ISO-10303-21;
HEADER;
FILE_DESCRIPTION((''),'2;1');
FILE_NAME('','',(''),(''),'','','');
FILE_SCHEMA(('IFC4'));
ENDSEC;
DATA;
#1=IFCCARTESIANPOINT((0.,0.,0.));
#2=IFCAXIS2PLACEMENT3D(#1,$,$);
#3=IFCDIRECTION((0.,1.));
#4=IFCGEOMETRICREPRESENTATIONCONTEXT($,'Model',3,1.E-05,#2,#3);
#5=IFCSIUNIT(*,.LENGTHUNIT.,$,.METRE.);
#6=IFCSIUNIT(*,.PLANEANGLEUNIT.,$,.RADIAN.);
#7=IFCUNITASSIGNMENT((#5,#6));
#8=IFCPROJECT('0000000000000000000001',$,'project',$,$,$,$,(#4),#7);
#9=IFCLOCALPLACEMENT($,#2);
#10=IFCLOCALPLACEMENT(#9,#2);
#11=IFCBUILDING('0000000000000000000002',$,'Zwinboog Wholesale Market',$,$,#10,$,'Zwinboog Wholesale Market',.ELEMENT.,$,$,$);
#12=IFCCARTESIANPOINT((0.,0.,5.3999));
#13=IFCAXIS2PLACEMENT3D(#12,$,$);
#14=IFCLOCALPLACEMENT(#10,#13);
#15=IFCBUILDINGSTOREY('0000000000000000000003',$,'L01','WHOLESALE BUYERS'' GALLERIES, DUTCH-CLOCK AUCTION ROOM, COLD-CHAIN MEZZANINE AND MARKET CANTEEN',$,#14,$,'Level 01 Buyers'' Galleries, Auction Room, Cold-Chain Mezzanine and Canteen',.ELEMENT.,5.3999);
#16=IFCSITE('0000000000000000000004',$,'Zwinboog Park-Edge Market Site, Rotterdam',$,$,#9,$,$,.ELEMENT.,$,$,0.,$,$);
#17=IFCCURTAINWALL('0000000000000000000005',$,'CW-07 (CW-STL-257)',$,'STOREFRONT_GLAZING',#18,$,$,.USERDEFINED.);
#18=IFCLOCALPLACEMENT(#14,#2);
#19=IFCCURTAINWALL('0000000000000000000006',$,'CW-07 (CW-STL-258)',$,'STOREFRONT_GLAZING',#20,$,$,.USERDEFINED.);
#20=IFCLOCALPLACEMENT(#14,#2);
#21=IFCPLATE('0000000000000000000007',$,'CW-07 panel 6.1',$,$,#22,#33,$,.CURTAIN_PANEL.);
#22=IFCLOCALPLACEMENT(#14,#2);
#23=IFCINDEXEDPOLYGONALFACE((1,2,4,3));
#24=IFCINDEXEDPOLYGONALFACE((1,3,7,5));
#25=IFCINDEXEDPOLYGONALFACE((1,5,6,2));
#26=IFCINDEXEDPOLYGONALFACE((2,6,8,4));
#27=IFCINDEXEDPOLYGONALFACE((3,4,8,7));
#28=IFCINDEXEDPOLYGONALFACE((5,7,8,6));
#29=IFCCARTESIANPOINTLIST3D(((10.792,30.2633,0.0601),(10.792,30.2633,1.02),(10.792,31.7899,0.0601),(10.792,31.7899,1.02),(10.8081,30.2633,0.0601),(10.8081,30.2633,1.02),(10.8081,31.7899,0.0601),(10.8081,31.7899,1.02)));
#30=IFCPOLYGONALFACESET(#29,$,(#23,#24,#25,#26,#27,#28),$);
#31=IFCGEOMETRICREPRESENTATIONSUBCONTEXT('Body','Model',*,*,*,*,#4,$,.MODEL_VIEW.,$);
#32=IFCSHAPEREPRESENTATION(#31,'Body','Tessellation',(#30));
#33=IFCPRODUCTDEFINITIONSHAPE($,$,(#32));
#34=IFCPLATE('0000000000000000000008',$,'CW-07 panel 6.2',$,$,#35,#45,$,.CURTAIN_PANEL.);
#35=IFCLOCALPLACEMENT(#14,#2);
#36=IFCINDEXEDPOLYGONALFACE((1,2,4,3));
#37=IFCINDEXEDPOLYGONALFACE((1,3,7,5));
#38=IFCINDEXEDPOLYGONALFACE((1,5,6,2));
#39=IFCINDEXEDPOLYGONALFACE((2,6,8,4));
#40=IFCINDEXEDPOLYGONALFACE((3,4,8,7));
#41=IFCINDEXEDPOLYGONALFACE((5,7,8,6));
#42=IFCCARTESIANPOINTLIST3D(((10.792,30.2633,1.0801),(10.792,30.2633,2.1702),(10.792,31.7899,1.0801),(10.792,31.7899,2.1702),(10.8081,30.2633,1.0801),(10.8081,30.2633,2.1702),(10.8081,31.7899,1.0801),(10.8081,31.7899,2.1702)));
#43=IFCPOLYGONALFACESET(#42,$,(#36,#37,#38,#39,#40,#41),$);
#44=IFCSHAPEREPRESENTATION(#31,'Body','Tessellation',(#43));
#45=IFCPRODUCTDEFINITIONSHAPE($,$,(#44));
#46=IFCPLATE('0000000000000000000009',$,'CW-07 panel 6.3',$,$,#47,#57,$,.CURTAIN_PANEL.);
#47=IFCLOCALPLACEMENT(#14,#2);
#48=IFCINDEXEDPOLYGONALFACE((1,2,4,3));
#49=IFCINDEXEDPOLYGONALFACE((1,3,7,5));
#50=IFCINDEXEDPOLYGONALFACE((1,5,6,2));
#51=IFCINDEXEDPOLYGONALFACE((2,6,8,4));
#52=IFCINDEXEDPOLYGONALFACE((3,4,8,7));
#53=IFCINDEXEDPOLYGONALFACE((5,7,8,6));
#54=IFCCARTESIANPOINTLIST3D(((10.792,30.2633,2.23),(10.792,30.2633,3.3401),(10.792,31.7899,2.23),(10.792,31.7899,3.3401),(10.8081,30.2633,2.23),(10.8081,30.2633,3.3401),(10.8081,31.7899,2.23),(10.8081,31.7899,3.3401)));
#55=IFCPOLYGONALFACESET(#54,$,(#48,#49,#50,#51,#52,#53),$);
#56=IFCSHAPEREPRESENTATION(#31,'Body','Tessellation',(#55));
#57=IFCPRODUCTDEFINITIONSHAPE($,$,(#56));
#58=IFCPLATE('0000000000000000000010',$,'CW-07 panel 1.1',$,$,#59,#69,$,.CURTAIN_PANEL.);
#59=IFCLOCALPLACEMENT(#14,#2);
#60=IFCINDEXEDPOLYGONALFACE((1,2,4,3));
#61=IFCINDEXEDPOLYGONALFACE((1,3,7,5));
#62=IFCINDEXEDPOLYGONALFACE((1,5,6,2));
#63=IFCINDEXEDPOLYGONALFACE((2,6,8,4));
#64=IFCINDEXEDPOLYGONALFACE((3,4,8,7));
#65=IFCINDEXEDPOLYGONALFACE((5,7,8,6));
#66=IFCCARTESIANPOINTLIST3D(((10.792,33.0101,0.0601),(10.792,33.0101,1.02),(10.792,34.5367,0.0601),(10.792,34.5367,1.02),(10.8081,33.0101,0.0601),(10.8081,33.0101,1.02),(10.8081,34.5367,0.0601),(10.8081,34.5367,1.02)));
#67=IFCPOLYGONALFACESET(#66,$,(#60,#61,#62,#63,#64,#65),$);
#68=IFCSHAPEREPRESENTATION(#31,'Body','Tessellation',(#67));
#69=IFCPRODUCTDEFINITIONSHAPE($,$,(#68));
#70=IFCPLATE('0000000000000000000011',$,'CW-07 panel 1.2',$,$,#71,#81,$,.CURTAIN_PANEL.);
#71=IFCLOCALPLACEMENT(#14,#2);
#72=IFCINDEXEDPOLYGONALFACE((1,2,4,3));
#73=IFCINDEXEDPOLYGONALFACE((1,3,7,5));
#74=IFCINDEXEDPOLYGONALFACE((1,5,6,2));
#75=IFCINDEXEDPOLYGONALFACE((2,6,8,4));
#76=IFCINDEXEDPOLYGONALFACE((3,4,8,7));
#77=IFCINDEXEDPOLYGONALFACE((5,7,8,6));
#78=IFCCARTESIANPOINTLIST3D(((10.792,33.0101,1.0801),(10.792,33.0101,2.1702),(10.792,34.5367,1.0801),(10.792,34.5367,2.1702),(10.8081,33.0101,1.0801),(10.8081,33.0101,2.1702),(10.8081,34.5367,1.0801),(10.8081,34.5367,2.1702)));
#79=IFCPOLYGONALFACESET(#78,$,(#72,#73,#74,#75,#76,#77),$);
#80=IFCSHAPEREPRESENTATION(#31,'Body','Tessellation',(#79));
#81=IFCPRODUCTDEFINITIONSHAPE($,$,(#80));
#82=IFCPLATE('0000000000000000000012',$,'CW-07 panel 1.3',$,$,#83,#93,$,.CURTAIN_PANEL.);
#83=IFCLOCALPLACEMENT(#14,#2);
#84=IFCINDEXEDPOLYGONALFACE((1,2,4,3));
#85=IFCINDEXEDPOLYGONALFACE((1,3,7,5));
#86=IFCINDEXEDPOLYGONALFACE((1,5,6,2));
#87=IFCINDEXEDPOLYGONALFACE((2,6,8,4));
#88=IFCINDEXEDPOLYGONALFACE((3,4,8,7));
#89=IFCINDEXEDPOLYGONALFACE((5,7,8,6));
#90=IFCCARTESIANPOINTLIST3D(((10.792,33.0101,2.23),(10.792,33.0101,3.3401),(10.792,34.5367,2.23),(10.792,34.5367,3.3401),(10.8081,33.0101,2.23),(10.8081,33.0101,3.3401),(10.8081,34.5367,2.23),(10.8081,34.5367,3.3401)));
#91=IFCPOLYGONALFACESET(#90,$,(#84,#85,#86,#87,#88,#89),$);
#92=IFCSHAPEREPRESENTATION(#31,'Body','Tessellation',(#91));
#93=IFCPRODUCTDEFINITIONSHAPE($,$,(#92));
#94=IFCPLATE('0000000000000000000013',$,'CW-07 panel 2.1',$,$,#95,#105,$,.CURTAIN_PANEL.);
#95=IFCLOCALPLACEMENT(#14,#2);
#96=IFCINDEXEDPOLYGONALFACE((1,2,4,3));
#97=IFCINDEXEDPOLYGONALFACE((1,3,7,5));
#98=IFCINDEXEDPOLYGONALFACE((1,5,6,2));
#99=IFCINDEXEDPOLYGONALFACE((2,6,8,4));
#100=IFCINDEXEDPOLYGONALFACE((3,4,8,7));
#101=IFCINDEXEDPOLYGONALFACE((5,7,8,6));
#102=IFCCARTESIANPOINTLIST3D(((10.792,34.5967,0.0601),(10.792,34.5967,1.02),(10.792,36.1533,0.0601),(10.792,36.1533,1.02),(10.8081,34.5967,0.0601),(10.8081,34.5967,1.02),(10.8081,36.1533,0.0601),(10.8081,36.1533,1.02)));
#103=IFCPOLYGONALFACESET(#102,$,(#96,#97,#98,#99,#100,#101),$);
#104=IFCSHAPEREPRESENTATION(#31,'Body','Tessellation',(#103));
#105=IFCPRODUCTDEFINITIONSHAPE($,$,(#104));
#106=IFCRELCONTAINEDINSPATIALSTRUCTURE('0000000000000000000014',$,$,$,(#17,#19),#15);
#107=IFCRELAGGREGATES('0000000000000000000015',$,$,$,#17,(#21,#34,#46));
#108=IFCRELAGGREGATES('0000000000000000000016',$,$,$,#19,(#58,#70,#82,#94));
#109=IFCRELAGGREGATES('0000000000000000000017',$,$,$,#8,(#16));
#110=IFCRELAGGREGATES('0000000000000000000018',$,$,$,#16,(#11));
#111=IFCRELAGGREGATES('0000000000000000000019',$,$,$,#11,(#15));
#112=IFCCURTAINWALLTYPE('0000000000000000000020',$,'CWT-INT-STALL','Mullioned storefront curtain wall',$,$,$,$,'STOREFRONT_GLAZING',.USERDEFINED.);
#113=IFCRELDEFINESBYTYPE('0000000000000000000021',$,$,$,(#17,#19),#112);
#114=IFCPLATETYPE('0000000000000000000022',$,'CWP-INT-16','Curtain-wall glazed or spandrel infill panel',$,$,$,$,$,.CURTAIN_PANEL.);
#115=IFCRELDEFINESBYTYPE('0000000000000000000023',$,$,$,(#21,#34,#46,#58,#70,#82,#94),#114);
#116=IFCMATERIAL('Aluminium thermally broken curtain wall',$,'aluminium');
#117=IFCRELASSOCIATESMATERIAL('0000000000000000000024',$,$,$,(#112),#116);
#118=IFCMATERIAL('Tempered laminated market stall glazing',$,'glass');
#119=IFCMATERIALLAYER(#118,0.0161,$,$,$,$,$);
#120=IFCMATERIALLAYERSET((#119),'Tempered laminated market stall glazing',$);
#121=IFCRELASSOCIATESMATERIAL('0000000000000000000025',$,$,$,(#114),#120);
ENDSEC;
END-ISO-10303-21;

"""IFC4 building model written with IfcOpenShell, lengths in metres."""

from ifc_helpers import new_model, si_unit, direction, frame, origin, origin_2d, place, context, subcontext, project, spatial, rectangle, extrude, material, layer, layer_set, type_object, element, aggregate, save


model = new_model("IFC4")

# Units and contexts
model_context = context("Model", 3, precision=1e-05, world=origin(), true_north=direction((0.0, 1.0)))
body_context = subcontext(model_context, "Body", "Model", "MODEL_VIEW")
ifc_project = project(units=[si_unit("LENGTHUNIT", "METRE"), si_unit("PLANEANGLEUNIT", "RADIAN")], contexts=[model_context])

# Site, building, storey
site_placement = place(None, origin())
site = spatial("IfcSite", under=ifc_project, at=site_placement, Name="Zwinboog Park-Edge Market Site, Rotterdam", CompositionType="ELEMENT", RefElevation=0.0)
building_placement = place(site_placement, origin())
building = spatial("IfcBuilding", under=site, at=building_placement, Name="Zwinboog Wholesale Market", LongName="Zwinboog Wholesale Market", CompositionType="ELEMENT")
storey_placement = place(building_placement, frame((0.0, 0.0, 5.3999)))
storey = spatial("IfcBuildingStorey", under=building, at=storey_placement, Name="L01", Description="WHOLESALE BUYERS' GALLERIES, DUTCH-CLOCK AUCTION ROOM, COLD-CHAIN MEZZANINE AND MARKET CANTEEN", LongName="Level 01 Buyers' Galleries, Auction Room, Cold-Chain Mezzanine and Canteen", CompositionType="ELEMENT", Elevation=5.3999)

# Curtain wall
ifc_material_1 = material(Name="Aluminium thermally broken curtain wall", Category="aluminium")
curtain_wall_type = type_object("IfcCurtainWallType", Name="CWT-INT-STALL", Description="Mullioned storefront curtain wall", ElementType="STOREFRONT_GLAZING", PredefinedType="USERDEFINED", material=ifc_material_1)
curtain_wall_1_placement = place(storey_placement, origin())
curtain_wall_1 = element("IfcCurtainWall", 1, at=curtain_wall_1_placement, inside=storey, type_object=curtain_wall_type, Name="CW-07 (CW-STL-257)", ObjectType="STOREFRONT_GLAZING", PredefinedType="USERDEFINED")

# Curtain wall
curtain_wall_2_placement = place(storey_placement, origin())
curtain_wall_2 = element("IfcCurtainWall", 2, at=curtain_wall_2_placement, inside=storey, type_object=curtain_wall_type, Name="CW-07 (CW-STL-258)", ObjectType="STOREFRONT_GLAZING", PredefinedType="USERDEFINED")

# Plates
ifc_material_2 = material(Name="Tempered laminated market stall glazing", Category="glass")
ifc_layer = layer(ifc_material_2, 0.0161)
ifc_layer_set = layer_set([ifc_layer], Name="Tempered laminated market stall glazing")
plate_type = type_object("IfcPlateType", Name="CWP-INT-16", Description="Curtain-wall glazed or spandrel infill panel", PredefinedType="CURTAIN_PANEL", material=ifc_layer_set)
plate_1_placement = place(storey_placement, frame((10.8, 31.0266, 0.0601), z_axis=(0.0, 0.0, 1.0), x_axis=(0.0, 1.0, 0.0)))
plate_1 = element("IfcPlate", 3, at=plate_1_placement, type_object=plate_type, Name="CW-07 panel 6.1", PredefinedType="CURTAIN_PANEL", context=body_context, shape_type="SweptSolid", body=[
    extrude(rectangle(XDim=1.5266, YDim=0.0161, at=origin_2d()), origin(), (0.0, 0.0, 1.0), 0.96),
])
plate_2_placement = place(storey_placement, frame((10.8, 31.0266, 1.0801), z_axis=(0.0, 0.0, 1.0), x_axis=(0.0, 1.0, 0.0)))
plate_2 = element("IfcPlate", 4, at=plate_2_placement, type_object=plate_type, Name="CW-07 panel 6.2", PredefinedType="CURTAIN_PANEL", context=body_context, shape_type="SweptSolid", body=[
    extrude(rectangle(XDim=1.5266, YDim=0.0161, at=origin_2d()), origin(), (0.0, 0.0, 1.0), 1.0901),
])
plate_3_placement = place(storey_placement, frame((10.8, 31.0266, 2.23), z_axis=(0.0, 0.0, 1.0), x_axis=(0.0, 1.0, 0.0)))
plate_3 = element("IfcPlate", 5, at=plate_3_placement, type_object=plate_type, Name="CW-07 panel 6.3", PredefinedType="CURTAIN_PANEL", context=body_context, shape_type="SweptSolid", body=[
    extrude(rectangle(XDim=1.5266, YDim=0.0161, at=origin_2d()), origin(), (0.0, 0.0, 1.0), 1.1101),
])
aggregate(curtain_wall_1, [plate_1, plate_2, plate_3])
plate_4_placement = place(storey_placement, frame((10.8, 33.7734, 0.0601), z_axis=(0.0, 0.0, 1.0), x_axis=(0.0, 1.0, 0.0)))
plate_4 = element("IfcPlate", 6, at=plate_4_placement, type_object=plate_type, Name="CW-07 panel 1.1", PredefinedType="CURTAIN_PANEL", context=body_context, shape_type="SweptSolid", body=[
    extrude(rectangle(XDim=1.5266, YDim=0.0161, at=origin_2d()), origin(), (0.0, 0.0, 1.0), 0.96),
])
plate_5_placement = place(storey_placement, frame((10.8, 33.7734, 1.0801), z_axis=(0.0, 0.0, 1.0), x_axis=(0.0, 1.0, 0.0)))
plate_5 = element("IfcPlate", 7, at=plate_5_placement, type_object=plate_type, Name="CW-07 panel 1.2", PredefinedType="CURTAIN_PANEL", context=body_context, shape_type="SweptSolid", body=[
    extrude(rectangle(XDim=1.5266, YDim=0.0161, at=origin_2d()), origin(), (0.0, 0.0, 1.0), 1.0901),
])
plate_6_placement = place(storey_placement, frame((10.8, 33.7734, 2.23), z_axis=(0.0, 0.0, 1.0), x_axis=(0.0, 1.0, 0.0)))
plate_6 = element("IfcPlate", 8, at=plate_6_placement, type_object=plate_type, Name="CW-07 panel 1.3", PredefinedType="CURTAIN_PANEL", context=body_context, shape_type="SweptSolid", body=[
    extrude(rectangle(XDim=1.5266, YDim=0.0161, at=origin_2d()), origin(), (0.0, 0.0, 1.0), 1.1101),
])
plate_7_placement = place(storey_placement, frame((10.8, 35.375, 0.0601), z_axis=(0.0, 0.0, 1.0), x_axis=(0.0, 1.0, 0.0)))
plate_7 = element("IfcPlate", 9, at=plate_7_placement, type_object=plate_type, Name="CW-07 panel 2.1", PredefinedType="CURTAIN_PANEL", context=body_context, shape_type="SweptSolid", body=[
    extrude(rectangle(XDim=1.5566, YDim=0.0161, at=origin_2d()), origin(), (0.0, 0.0, 1.0), 0.96),
])
aggregate(curtain_wall_2, [plate_4, plate_5, plate_6, plate_7])

save(model, "model.ifc")
